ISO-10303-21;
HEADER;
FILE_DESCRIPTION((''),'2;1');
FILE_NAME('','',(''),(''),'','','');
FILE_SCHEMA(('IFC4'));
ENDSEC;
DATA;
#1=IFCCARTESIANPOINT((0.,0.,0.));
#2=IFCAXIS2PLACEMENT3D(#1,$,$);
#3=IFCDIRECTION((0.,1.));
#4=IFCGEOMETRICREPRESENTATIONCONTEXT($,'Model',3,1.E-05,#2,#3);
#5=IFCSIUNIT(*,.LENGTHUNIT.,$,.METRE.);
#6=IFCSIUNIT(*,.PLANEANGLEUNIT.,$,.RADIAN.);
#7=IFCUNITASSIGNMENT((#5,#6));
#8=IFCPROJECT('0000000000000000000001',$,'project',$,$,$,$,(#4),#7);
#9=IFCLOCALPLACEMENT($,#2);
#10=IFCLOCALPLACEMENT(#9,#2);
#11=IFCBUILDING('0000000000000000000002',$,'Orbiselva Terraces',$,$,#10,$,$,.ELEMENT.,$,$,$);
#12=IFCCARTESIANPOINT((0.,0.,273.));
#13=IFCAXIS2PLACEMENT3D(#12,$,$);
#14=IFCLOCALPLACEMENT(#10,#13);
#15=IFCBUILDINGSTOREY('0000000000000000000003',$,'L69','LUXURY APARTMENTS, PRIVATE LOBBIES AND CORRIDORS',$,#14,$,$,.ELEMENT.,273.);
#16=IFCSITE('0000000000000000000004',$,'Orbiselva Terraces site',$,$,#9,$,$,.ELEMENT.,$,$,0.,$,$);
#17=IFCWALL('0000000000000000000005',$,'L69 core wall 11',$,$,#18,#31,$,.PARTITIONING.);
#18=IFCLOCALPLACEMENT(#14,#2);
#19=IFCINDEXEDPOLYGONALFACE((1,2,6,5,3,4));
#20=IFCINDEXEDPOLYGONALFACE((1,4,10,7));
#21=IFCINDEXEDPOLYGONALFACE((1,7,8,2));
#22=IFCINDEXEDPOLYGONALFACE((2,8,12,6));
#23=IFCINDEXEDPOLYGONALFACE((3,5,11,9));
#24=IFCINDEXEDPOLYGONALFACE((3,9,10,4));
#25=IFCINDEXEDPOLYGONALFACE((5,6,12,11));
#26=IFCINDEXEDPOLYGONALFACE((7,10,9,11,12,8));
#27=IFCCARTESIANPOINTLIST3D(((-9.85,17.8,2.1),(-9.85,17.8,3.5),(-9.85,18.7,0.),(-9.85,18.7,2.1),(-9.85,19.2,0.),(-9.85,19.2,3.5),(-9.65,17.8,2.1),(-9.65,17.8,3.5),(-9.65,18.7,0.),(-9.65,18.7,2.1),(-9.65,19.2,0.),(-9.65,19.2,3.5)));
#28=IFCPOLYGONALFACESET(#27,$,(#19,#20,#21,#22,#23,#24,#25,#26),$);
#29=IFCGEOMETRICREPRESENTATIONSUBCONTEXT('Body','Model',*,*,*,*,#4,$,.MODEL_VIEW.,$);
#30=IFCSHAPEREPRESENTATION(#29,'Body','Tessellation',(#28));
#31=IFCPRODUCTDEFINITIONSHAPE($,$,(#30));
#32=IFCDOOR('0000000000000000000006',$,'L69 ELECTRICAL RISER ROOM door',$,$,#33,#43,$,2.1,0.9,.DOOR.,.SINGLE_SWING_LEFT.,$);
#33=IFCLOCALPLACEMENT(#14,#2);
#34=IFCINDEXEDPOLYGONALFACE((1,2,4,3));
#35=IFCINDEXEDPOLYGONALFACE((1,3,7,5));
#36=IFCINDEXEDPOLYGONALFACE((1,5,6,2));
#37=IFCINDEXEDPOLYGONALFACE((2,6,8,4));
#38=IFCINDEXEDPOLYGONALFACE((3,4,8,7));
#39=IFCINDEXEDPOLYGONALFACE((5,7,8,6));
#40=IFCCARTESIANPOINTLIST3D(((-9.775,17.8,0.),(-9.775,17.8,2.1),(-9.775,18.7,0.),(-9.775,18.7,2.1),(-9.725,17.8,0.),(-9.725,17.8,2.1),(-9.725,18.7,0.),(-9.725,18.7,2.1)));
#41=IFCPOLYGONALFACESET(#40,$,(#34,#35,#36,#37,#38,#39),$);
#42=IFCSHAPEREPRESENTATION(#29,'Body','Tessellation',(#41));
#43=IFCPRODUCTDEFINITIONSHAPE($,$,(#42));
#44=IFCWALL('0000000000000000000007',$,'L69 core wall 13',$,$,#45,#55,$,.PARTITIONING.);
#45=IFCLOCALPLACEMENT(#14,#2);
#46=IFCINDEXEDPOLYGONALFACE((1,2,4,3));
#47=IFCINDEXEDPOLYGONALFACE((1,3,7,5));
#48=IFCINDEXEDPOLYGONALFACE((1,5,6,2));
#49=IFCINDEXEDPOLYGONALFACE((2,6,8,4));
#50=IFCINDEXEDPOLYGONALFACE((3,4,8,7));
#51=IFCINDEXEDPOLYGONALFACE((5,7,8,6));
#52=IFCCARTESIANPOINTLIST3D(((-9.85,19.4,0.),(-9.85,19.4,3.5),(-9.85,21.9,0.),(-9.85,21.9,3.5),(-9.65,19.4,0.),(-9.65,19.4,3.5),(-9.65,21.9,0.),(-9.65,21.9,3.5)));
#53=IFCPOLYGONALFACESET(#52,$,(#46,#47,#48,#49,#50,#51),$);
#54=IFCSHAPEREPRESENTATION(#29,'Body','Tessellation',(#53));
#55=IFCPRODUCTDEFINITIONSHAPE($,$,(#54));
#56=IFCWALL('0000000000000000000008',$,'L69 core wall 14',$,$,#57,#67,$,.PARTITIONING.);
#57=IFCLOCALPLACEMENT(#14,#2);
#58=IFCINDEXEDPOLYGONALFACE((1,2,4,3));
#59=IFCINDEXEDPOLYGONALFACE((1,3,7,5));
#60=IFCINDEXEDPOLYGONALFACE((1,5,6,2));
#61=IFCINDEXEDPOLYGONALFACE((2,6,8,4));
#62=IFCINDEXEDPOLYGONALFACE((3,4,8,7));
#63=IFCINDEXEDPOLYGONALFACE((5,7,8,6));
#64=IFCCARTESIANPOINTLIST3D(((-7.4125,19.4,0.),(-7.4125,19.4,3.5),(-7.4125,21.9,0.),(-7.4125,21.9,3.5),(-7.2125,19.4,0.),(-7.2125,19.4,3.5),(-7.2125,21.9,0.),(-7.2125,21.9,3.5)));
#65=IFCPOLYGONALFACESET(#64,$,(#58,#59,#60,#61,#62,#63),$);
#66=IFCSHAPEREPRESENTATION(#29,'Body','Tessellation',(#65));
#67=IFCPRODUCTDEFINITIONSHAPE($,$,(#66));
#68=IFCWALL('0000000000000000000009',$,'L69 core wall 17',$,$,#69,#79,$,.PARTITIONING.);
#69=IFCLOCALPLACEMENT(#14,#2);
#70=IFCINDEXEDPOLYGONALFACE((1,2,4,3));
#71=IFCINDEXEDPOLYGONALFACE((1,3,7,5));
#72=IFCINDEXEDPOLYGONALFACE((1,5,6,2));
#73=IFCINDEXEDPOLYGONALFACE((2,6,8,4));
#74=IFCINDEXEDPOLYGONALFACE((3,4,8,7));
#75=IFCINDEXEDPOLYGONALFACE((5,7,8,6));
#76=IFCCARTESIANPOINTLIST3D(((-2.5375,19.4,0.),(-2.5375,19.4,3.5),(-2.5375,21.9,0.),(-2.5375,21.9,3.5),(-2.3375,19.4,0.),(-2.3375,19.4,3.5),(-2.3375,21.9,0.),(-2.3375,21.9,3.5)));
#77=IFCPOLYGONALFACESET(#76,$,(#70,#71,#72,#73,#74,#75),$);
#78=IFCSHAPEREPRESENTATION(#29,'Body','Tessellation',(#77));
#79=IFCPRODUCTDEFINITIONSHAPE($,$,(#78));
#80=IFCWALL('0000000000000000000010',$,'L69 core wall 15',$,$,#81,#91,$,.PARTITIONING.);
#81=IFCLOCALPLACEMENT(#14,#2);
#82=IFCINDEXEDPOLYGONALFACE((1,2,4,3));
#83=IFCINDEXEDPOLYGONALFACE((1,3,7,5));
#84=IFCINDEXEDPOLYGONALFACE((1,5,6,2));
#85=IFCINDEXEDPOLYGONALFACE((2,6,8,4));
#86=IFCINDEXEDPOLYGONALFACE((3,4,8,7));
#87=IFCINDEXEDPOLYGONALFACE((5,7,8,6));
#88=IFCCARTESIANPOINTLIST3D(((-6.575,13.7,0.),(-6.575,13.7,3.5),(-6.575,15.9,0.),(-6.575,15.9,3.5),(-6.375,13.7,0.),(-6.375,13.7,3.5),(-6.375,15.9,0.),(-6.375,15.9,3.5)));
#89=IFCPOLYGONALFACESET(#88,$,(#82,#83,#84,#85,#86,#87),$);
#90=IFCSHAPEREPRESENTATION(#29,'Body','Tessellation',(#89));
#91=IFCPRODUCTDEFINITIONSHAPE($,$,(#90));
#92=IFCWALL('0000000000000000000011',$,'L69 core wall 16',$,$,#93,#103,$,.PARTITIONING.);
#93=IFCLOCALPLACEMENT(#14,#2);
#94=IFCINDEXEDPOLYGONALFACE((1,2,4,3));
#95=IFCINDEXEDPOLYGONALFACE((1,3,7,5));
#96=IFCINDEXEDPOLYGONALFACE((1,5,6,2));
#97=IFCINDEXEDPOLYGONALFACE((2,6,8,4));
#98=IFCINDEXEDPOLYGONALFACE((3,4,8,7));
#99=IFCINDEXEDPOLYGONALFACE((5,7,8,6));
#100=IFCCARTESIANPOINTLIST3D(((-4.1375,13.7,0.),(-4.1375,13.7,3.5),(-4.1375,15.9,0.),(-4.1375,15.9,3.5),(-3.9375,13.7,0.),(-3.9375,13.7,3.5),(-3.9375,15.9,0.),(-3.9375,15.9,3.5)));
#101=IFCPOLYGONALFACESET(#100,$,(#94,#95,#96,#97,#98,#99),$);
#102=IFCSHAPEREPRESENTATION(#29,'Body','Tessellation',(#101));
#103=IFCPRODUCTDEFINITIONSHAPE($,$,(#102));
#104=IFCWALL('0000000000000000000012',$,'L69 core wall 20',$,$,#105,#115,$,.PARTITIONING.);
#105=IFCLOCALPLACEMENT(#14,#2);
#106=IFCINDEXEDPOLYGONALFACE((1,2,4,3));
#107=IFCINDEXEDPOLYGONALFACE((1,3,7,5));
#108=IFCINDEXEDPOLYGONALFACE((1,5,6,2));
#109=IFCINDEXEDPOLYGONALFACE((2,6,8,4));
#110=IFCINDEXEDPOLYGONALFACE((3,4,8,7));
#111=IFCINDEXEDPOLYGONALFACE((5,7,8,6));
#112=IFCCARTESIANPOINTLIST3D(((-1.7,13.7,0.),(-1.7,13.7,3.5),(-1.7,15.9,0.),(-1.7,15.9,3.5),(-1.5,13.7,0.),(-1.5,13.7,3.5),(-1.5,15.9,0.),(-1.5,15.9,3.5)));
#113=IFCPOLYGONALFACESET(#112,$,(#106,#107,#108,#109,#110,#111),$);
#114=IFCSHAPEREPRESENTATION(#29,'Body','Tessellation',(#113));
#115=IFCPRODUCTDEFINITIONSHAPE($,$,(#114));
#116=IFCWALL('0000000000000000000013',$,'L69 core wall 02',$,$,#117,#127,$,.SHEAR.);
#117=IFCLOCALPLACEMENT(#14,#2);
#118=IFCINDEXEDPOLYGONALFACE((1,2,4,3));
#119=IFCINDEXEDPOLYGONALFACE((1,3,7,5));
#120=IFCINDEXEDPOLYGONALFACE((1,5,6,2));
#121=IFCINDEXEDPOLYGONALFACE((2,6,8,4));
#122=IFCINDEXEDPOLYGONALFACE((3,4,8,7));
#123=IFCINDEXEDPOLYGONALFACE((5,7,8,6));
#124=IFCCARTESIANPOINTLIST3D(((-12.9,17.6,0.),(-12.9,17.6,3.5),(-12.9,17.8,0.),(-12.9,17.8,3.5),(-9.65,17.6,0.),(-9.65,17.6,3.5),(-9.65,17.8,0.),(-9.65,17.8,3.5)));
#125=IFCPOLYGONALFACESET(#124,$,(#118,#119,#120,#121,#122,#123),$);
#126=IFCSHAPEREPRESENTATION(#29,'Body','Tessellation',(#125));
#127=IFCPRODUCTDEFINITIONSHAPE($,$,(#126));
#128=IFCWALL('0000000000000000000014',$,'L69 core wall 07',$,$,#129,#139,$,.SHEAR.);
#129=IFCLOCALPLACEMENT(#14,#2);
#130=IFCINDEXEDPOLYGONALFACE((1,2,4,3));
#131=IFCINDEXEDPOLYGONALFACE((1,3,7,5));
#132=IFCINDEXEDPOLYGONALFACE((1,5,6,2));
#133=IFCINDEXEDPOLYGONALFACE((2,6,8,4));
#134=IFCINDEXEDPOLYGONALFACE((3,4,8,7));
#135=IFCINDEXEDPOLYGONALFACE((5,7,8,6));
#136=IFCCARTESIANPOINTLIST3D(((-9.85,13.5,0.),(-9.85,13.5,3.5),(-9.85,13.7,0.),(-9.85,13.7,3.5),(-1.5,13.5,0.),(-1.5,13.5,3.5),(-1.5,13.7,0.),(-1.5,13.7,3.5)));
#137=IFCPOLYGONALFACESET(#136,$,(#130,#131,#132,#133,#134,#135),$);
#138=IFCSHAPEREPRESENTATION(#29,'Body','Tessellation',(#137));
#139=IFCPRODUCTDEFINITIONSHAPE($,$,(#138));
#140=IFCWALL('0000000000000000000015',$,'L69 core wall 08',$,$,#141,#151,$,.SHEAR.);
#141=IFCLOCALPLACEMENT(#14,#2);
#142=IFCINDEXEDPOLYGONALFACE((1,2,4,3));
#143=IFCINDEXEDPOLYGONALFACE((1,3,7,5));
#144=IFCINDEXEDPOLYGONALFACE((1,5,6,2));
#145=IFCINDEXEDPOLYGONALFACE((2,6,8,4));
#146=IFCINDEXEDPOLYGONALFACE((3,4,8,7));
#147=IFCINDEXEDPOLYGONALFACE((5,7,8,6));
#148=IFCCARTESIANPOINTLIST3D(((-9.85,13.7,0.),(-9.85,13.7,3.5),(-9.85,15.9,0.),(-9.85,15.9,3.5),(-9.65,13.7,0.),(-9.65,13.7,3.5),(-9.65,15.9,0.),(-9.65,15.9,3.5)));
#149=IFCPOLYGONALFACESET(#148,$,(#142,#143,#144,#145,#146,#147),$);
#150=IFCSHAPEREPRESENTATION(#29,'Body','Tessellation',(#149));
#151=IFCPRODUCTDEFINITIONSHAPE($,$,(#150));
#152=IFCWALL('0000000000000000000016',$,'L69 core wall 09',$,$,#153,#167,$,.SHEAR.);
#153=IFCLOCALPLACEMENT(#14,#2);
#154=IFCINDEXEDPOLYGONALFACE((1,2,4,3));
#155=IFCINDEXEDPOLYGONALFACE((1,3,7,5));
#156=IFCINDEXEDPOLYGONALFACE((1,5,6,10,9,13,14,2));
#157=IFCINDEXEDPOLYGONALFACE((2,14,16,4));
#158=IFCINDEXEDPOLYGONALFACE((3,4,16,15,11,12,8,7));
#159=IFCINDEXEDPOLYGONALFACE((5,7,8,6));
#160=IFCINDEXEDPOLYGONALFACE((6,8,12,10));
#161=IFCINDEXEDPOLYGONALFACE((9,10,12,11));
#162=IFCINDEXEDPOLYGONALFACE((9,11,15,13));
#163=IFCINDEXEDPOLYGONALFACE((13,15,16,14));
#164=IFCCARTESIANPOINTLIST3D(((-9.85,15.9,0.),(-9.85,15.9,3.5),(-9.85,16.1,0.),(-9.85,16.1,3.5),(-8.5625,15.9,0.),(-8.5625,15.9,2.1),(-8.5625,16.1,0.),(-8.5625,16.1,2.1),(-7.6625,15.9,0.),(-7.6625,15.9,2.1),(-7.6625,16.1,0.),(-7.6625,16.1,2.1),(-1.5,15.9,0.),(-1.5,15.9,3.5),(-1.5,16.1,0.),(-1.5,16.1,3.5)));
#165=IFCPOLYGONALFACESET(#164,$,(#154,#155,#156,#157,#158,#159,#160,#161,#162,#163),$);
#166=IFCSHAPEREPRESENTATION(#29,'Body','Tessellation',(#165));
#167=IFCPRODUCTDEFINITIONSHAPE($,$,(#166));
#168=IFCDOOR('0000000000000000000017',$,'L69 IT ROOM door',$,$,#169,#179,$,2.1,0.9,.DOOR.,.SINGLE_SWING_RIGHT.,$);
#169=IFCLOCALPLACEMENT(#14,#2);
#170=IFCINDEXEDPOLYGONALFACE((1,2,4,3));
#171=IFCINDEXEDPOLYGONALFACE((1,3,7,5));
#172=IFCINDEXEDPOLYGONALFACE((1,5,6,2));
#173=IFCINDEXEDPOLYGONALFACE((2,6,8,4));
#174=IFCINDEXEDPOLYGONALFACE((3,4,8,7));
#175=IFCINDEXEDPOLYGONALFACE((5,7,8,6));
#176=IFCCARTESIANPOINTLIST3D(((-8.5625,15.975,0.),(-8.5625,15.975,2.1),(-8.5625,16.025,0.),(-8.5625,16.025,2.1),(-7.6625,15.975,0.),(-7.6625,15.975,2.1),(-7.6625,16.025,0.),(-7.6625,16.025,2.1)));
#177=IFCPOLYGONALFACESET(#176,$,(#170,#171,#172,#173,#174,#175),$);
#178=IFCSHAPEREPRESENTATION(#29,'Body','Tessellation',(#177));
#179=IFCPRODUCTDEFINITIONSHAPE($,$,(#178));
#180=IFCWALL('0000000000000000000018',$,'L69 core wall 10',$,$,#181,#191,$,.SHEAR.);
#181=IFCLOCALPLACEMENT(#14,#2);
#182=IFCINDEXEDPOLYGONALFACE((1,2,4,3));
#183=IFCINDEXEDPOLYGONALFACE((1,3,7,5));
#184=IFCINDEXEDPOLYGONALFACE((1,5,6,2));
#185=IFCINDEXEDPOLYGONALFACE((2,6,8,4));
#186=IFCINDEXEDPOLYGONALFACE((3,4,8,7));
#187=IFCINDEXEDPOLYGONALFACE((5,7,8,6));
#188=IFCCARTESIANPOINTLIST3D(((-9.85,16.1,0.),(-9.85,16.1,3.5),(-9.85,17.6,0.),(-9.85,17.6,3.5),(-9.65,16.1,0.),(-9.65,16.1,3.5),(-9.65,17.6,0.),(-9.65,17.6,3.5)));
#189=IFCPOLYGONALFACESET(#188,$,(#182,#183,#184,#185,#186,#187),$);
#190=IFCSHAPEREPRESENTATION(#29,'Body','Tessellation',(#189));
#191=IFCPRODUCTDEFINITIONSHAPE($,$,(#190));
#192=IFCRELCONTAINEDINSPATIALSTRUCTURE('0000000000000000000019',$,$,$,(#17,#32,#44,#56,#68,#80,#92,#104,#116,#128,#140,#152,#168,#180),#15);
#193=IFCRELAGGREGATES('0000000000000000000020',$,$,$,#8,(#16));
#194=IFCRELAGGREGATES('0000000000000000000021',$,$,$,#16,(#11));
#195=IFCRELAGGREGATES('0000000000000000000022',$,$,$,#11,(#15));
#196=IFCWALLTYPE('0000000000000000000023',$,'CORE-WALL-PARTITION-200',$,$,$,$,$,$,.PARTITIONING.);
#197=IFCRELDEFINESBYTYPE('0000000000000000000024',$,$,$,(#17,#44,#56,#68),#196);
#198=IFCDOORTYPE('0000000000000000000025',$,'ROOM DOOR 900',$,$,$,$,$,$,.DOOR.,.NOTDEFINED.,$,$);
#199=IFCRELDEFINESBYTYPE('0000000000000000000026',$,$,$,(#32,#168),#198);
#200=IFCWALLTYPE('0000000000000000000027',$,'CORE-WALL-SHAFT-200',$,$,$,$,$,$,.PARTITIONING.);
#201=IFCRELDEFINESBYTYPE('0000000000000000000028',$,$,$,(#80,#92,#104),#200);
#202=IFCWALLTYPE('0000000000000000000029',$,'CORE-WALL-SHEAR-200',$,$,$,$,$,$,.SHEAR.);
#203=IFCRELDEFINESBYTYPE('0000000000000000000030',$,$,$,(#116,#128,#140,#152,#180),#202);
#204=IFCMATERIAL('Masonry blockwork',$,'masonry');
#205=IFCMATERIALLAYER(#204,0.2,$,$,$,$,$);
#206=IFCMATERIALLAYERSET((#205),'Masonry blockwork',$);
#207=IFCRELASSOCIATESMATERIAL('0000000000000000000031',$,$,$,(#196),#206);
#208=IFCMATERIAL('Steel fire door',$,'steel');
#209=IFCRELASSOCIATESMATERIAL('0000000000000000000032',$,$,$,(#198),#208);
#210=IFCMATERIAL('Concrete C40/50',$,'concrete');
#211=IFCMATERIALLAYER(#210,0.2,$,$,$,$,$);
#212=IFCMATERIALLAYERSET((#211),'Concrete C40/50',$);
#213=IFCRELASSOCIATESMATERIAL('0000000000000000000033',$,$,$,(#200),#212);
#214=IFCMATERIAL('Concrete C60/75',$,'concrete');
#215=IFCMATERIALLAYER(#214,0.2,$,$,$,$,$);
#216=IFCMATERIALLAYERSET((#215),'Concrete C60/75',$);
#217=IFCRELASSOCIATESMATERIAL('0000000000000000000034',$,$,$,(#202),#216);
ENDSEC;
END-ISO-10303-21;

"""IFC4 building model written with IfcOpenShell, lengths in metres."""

from ifc_helpers import new_model, si_unit, direction, frame, frame_2d, origin, place, context, subcontext, project, spatial, rectangle, extrude, material, layer, layer_set, type_object, element, fill, save


model = new_model("IFC4")

# Units and contexts
model_context = context("Model", 3, precision=1e-05, world=origin(), true_north=direction((0.0, 1.0)))
body_context = subcontext(model_context, "Body", "Model", "MODEL_VIEW")
ifc_project = project(units=[si_unit("LENGTHUNIT", "METRE"), si_unit("PLANEANGLEUNIT", "RADIAN")], contexts=[model_context])

# Site, building, storey
site_placement = place(None, origin())
site = spatial("IfcSite", under=ifc_project, at=site_placement, Name="Orbiselva Terraces site", CompositionType="ELEMENT", RefElevation=0.0)
building_placement = place(site_placement, origin())
building = spatial("IfcBuilding", under=site, at=building_placement, Name="Orbiselva Terraces", CompositionType="ELEMENT")
storey_placement = place(building_placement, frame((0.0, 0.0, 273.0)))
storey = spatial("IfcBuildingStorey", under=building, at=storey_placement, Name="L69", Description="LUXURY APARTMENTS, PRIVATE LOBBIES AND CORRIDORS", CompositionType="ELEMENT", Elevation=273.0)

# Wall, opening, door
ifc_material_1 = material(Name="Masonry blockwork", Category="masonry")
ifc_layer_1 = layer(ifc_material_1, 0.2)
ifc_layer_set_1 = layer_set([ifc_layer_1], Name="Masonry blockwork")
wall_type_1 = type_object("IfcWallType", Name="CORE-WALL-PARTITION-200", PredefinedType="PARTITIONING", material=ifc_layer_set_1)
wall_1_placement = place(storey_placement, frame((-9.75, 17.8, 0.0), z_axis=(0.0, 0.0, 1.0), x_axis=(0.0, 1.0, 0.0)))
wall_1 = element("IfcWall", 1, at=wall_1_placement, inside=storey, type_object=wall_type_1, Name="L69 core wall 11", PredefinedType="PARTITIONING", context=body_context, shape_type="SweptSolid", body=[
    extrude(rectangle(XDim=1.4, YDim=0.2, at=frame_2d((0.7, 0.0))), origin(), (0.0, 0.0, 1.0), 3.5),
])
opening_1_placement = place(wall_1_placement, origin())
opening_1 = element("IfcOpeningElement", 2, at=opening_1_placement, cuts=wall_1, PredefinedType="OPENING", context=body_context, shape_type="SweptSolid", body=[
    extrude(rectangle(XDim=0.9, YDim=2.1, at=frame_2d((0.45, 1.05))), frame((0.0, 0.11, 0.0), z_axis=(0.0, -1.0, 0.0), x_axis=(1.0, 0.0, 0.0)), (0.0, 0.0, 1.0), 0.22),
])
ifc_material_2 = material(Name="Steel fire door", Category="steel")
door_type_1 = type_object("IfcDoorType", Name="ROOM DOOR 900", OperationType="NOTDEFINED", PredefinedType="DOOR", material=ifc_material_2)
door_1_placement = place(opening_1_placement, origin())
door_1 = element("IfcDoor", 3, at=door_1_placement, inside=storey, type_object=door_type_1, Name="L69 ELECTRICAL RISER ROOM door", OperationType="SINGLE_SWING_LEFT", OverallHeight=2.1, OverallWidth=0.9, PredefinedType="DOOR", context=body_context, shape_type="SweptSolid", body=[
    extrude(rectangle(XDim=0.9, YDim=2.1, at=frame_2d((0.45, 1.05))), frame((0.0, 0.025, 0.0), z_axis=(0.0, -1.0, 0.0), x_axis=(1.0, 0.0, 0.0)), (0.0, 0.0, 1.0), 0.05),
])
fill(opening_1, door_1)

# Walls
for number, where, z_axis, x_axis, name in (
    (4, (-9.75, 19.4, 0.0), (0.0, 0.0, 1.0), (0.0, 1.0, 0.0), "L69 core wall 13"),
    (5, (-7.3125, 19.4, 0.0), (0.0, 0.0, 1.0), (0.0, 1.0, 0.0), "L69 core wall 14"),
    (6, (-2.4375, 19.4, 0.0), (0.0, 0.0, 1.0), (0.0, 1.0, 0.0), "L69 core wall 17"),
):
    element("IfcWall", number, at=place(storey_placement, frame(where, z_axis=z_axis, x_axis=x_axis)), inside=storey, type_object=wall_type_1, Name=name, PredefinedType="PARTITIONING", context=body_context, shape_type="SweptSolid", body=[
        extrude(rectangle(XDim=2.5, YDim=0.2, at=frame_2d((1.25, 0.0))), origin(), (0.0, 0.0, 1.0), 3.5),
    ])
ifc_material_3 = material(Name="Concrete C40/50", Category="concrete")
ifc_layer_2 = layer(ifc_material_3, 0.2)
ifc_layer_set_2 = layer_set([ifc_layer_2], Name="Concrete C40/50")
wall_type_2 = type_object("IfcWallType", Name="CORE-WALL-SHAFT-200", PredefinedType="PARTITIONING", material=ifc_layer_set_2)
for number, where, z_axis, x_axis, name in (
    (7, (-6.475, 13.7, 0.0), (0.0, 0.0, 1.0), (0.0, 1.0, 0.0), "L69 core wall 15"),
    (8, (-4.0375, 13.7, 0.0), (0.0, 0.0, 1.0), (0.0, 1.0, 0.0), "L69 core wall 16"),
    (9, (-1.6, 13.7, 0.0), (0.0, 0.0, 1.0), (0.0, 1.0, 0.0), "L69 core wall 20"),
):
    element("IfcWall", number, at=place(storey_placement, frame(where, z_axis=z_axis, x_axis=x_axis)), inside=storey, type_object=wall_type_2, Name=name, PredefinedType="PARTITIONING", context=body_context, shape_type="SweptSolid", body=[
        extrude(rectangle(XDim=2.2, YDim=0.2, at=frame_2d((1.1, 0.0))), origin(), (0.0, 0.0, 1.0), 3.5),
    ])
ifc_material_4 = material(Name="Concrete C60/75", Category="concrete")
ifc_layer_3 = layer(ifc_material_4, 0.2)
ifc_layer_set_3 = layer_set([ifc_layer_3], Name="Concrete C60/75")
wall_type_3 = type_object("IfcWallType", Name="CORE-WALL-SHEAR-200", PredefinedType="SHEAR", material=ifc_layer_set_3)
wall_2_placement = place(storey_placement, frame((-12.9, 17.7, 0.0), z_axis=(0.0, 0.0, 1.0), x_axis=(1.0, 0.0, 0.0)))
element("IfcWall", 10, at=wall_2_placement, inside=storey, type_object=wall_type_3, Name="L69 core wall 02", PredefinedType="SHEAR", context=body_context, shape_type="SweptSolid", body=[
    extrude(rectangle(XDim=3.25, YDim=0.2, at=frame_2d((1.625, 0.0))), origin(), (0.0, 0.0, 1.0), 3.5),
])
wall_3_placement = place(storey_placement, frame((-9.85, 13.6, 0.0), z_axis=(0.0, 0.0, 1.0), x_axis=(1.0, 0.0, 0.0)))
element("IfcWall", 11, at=wall_3_placement, inside=storey, type_object=wall_type_3, Name="L69 core wall 07", PredefinedType="SHEAR", context=body_context, shape_type="SweptSolid", body=[
    extrude(rectangle(XDim=8.35, YDim=0.2, at=frame_2d((4.175, 0.0))), origin(), (0.0, 0.0, 1.0), 3.5),
])
wall_4_placement = place(storey_placement, frame((-9.75, 13.7, 0.0), z_axis=(0.0, 0.0, 1.0), x_axis=(0.0, 1.0, 0.0)))
element("IfcWall", 12, at=wall_4_placement, inside=storey, type_object=wall_type_3, Name="L69 core wall 08", PredefinedType="SHEAR", context=body_context, shape_type="SweptSolid", body=[
    extrude(rectangle(XDim=2.2, YDim=0.2, at=frame_2d((1.1, 0.0))), origin(), (0.0, 0.0, 1.0), 3.5),
])

# Wall, opening, door
wall_5_placement = place(storey_placement, frame((-1.5, 16.0, 0.0), z_axis=(0.0, 0.0, 1.0), x_axis=(-1.0, 0.0, 0.0)))
wall_5 = element("IfcWall", 13, at=wall_5_placement, inside=storey, type_object=wall_type_3, Name="L69 core wall 09", PredefinedType="SHEAR", context=body_context, shape_type="SweptSolid", body=[
    extrude(rectangle(XDim=8.35, YDim=0.2, at=frame_2d((4.175, 0.0))), origin(), (0.0, 0.0, 1.0), 3.5),
])
opening_2_placement = place(wall_5_placement, frame((6.1625, 0.0, 0.0)))
opening_2 = element("IfcOpeningElement", 14, at=opening_2_placement, cuts=wall_5, PredefinedType="OPENING", context=body_context, shape_type="SweptSolid", body=[
    extrude(rectangle(XDim=0.9, YDim=2.1, at=frame_2d((0.45, 1.05))), frame((0.0, 0.11, 0.0), z_axis=(0.0, -1.0, 0.0), x_axis=(1.0, 0.0, 0.0)), (0.0, 0.0, 1.0), 0.22),
])
door_2_placement = place(opening_2_placement, origin())
door_2 = element("IfcDoor", 15, at=door_2_placement, inside=storey, type_object=door_type_1, Name="L69 IT ROOM door", OperationType="SINGLE_SWING_RIGHT", OverallHeight=2.1, OverallWidth=0.9, PredefinedType="DOOR", context=body_context, shape_type="SweptSolid", body=[
    extrude(rectangle(XDim=0.9, YDim=2.1, at=frame_2d((0.45, 1.05))), frame((0.0, 0.025, 0.0), z_axis=(0.0, -1.0, 0.0), x_axis=(1.0, 0.0, 0.0)), (0.0, 0.0, 1.0), 0.05),
])
fill(opening_2, door_2)

# Wall
wall_6_placement = place(storey_placement, frame((-9.75, 16.1, 0.0), z_axis=(0.0, 0.0, 1.0), x_axis=(0.0, 1.0, 0.0)))
element("IfcWall", 16, at=wall_6_placement, inside=storey, type_object=wall_type_3, Name="L69 core wall 10", PredefinedType="SHEAR", context=body_context, shape_type="SweptSolid", body=[
    extrude(rectangle(XDim=1.5, YDim=0.2, at=frame_2d((0.75, 0.0))), origin(), (0.0, 0.0, 1.0), 3.5),
])

save(model, "model.ifc")
